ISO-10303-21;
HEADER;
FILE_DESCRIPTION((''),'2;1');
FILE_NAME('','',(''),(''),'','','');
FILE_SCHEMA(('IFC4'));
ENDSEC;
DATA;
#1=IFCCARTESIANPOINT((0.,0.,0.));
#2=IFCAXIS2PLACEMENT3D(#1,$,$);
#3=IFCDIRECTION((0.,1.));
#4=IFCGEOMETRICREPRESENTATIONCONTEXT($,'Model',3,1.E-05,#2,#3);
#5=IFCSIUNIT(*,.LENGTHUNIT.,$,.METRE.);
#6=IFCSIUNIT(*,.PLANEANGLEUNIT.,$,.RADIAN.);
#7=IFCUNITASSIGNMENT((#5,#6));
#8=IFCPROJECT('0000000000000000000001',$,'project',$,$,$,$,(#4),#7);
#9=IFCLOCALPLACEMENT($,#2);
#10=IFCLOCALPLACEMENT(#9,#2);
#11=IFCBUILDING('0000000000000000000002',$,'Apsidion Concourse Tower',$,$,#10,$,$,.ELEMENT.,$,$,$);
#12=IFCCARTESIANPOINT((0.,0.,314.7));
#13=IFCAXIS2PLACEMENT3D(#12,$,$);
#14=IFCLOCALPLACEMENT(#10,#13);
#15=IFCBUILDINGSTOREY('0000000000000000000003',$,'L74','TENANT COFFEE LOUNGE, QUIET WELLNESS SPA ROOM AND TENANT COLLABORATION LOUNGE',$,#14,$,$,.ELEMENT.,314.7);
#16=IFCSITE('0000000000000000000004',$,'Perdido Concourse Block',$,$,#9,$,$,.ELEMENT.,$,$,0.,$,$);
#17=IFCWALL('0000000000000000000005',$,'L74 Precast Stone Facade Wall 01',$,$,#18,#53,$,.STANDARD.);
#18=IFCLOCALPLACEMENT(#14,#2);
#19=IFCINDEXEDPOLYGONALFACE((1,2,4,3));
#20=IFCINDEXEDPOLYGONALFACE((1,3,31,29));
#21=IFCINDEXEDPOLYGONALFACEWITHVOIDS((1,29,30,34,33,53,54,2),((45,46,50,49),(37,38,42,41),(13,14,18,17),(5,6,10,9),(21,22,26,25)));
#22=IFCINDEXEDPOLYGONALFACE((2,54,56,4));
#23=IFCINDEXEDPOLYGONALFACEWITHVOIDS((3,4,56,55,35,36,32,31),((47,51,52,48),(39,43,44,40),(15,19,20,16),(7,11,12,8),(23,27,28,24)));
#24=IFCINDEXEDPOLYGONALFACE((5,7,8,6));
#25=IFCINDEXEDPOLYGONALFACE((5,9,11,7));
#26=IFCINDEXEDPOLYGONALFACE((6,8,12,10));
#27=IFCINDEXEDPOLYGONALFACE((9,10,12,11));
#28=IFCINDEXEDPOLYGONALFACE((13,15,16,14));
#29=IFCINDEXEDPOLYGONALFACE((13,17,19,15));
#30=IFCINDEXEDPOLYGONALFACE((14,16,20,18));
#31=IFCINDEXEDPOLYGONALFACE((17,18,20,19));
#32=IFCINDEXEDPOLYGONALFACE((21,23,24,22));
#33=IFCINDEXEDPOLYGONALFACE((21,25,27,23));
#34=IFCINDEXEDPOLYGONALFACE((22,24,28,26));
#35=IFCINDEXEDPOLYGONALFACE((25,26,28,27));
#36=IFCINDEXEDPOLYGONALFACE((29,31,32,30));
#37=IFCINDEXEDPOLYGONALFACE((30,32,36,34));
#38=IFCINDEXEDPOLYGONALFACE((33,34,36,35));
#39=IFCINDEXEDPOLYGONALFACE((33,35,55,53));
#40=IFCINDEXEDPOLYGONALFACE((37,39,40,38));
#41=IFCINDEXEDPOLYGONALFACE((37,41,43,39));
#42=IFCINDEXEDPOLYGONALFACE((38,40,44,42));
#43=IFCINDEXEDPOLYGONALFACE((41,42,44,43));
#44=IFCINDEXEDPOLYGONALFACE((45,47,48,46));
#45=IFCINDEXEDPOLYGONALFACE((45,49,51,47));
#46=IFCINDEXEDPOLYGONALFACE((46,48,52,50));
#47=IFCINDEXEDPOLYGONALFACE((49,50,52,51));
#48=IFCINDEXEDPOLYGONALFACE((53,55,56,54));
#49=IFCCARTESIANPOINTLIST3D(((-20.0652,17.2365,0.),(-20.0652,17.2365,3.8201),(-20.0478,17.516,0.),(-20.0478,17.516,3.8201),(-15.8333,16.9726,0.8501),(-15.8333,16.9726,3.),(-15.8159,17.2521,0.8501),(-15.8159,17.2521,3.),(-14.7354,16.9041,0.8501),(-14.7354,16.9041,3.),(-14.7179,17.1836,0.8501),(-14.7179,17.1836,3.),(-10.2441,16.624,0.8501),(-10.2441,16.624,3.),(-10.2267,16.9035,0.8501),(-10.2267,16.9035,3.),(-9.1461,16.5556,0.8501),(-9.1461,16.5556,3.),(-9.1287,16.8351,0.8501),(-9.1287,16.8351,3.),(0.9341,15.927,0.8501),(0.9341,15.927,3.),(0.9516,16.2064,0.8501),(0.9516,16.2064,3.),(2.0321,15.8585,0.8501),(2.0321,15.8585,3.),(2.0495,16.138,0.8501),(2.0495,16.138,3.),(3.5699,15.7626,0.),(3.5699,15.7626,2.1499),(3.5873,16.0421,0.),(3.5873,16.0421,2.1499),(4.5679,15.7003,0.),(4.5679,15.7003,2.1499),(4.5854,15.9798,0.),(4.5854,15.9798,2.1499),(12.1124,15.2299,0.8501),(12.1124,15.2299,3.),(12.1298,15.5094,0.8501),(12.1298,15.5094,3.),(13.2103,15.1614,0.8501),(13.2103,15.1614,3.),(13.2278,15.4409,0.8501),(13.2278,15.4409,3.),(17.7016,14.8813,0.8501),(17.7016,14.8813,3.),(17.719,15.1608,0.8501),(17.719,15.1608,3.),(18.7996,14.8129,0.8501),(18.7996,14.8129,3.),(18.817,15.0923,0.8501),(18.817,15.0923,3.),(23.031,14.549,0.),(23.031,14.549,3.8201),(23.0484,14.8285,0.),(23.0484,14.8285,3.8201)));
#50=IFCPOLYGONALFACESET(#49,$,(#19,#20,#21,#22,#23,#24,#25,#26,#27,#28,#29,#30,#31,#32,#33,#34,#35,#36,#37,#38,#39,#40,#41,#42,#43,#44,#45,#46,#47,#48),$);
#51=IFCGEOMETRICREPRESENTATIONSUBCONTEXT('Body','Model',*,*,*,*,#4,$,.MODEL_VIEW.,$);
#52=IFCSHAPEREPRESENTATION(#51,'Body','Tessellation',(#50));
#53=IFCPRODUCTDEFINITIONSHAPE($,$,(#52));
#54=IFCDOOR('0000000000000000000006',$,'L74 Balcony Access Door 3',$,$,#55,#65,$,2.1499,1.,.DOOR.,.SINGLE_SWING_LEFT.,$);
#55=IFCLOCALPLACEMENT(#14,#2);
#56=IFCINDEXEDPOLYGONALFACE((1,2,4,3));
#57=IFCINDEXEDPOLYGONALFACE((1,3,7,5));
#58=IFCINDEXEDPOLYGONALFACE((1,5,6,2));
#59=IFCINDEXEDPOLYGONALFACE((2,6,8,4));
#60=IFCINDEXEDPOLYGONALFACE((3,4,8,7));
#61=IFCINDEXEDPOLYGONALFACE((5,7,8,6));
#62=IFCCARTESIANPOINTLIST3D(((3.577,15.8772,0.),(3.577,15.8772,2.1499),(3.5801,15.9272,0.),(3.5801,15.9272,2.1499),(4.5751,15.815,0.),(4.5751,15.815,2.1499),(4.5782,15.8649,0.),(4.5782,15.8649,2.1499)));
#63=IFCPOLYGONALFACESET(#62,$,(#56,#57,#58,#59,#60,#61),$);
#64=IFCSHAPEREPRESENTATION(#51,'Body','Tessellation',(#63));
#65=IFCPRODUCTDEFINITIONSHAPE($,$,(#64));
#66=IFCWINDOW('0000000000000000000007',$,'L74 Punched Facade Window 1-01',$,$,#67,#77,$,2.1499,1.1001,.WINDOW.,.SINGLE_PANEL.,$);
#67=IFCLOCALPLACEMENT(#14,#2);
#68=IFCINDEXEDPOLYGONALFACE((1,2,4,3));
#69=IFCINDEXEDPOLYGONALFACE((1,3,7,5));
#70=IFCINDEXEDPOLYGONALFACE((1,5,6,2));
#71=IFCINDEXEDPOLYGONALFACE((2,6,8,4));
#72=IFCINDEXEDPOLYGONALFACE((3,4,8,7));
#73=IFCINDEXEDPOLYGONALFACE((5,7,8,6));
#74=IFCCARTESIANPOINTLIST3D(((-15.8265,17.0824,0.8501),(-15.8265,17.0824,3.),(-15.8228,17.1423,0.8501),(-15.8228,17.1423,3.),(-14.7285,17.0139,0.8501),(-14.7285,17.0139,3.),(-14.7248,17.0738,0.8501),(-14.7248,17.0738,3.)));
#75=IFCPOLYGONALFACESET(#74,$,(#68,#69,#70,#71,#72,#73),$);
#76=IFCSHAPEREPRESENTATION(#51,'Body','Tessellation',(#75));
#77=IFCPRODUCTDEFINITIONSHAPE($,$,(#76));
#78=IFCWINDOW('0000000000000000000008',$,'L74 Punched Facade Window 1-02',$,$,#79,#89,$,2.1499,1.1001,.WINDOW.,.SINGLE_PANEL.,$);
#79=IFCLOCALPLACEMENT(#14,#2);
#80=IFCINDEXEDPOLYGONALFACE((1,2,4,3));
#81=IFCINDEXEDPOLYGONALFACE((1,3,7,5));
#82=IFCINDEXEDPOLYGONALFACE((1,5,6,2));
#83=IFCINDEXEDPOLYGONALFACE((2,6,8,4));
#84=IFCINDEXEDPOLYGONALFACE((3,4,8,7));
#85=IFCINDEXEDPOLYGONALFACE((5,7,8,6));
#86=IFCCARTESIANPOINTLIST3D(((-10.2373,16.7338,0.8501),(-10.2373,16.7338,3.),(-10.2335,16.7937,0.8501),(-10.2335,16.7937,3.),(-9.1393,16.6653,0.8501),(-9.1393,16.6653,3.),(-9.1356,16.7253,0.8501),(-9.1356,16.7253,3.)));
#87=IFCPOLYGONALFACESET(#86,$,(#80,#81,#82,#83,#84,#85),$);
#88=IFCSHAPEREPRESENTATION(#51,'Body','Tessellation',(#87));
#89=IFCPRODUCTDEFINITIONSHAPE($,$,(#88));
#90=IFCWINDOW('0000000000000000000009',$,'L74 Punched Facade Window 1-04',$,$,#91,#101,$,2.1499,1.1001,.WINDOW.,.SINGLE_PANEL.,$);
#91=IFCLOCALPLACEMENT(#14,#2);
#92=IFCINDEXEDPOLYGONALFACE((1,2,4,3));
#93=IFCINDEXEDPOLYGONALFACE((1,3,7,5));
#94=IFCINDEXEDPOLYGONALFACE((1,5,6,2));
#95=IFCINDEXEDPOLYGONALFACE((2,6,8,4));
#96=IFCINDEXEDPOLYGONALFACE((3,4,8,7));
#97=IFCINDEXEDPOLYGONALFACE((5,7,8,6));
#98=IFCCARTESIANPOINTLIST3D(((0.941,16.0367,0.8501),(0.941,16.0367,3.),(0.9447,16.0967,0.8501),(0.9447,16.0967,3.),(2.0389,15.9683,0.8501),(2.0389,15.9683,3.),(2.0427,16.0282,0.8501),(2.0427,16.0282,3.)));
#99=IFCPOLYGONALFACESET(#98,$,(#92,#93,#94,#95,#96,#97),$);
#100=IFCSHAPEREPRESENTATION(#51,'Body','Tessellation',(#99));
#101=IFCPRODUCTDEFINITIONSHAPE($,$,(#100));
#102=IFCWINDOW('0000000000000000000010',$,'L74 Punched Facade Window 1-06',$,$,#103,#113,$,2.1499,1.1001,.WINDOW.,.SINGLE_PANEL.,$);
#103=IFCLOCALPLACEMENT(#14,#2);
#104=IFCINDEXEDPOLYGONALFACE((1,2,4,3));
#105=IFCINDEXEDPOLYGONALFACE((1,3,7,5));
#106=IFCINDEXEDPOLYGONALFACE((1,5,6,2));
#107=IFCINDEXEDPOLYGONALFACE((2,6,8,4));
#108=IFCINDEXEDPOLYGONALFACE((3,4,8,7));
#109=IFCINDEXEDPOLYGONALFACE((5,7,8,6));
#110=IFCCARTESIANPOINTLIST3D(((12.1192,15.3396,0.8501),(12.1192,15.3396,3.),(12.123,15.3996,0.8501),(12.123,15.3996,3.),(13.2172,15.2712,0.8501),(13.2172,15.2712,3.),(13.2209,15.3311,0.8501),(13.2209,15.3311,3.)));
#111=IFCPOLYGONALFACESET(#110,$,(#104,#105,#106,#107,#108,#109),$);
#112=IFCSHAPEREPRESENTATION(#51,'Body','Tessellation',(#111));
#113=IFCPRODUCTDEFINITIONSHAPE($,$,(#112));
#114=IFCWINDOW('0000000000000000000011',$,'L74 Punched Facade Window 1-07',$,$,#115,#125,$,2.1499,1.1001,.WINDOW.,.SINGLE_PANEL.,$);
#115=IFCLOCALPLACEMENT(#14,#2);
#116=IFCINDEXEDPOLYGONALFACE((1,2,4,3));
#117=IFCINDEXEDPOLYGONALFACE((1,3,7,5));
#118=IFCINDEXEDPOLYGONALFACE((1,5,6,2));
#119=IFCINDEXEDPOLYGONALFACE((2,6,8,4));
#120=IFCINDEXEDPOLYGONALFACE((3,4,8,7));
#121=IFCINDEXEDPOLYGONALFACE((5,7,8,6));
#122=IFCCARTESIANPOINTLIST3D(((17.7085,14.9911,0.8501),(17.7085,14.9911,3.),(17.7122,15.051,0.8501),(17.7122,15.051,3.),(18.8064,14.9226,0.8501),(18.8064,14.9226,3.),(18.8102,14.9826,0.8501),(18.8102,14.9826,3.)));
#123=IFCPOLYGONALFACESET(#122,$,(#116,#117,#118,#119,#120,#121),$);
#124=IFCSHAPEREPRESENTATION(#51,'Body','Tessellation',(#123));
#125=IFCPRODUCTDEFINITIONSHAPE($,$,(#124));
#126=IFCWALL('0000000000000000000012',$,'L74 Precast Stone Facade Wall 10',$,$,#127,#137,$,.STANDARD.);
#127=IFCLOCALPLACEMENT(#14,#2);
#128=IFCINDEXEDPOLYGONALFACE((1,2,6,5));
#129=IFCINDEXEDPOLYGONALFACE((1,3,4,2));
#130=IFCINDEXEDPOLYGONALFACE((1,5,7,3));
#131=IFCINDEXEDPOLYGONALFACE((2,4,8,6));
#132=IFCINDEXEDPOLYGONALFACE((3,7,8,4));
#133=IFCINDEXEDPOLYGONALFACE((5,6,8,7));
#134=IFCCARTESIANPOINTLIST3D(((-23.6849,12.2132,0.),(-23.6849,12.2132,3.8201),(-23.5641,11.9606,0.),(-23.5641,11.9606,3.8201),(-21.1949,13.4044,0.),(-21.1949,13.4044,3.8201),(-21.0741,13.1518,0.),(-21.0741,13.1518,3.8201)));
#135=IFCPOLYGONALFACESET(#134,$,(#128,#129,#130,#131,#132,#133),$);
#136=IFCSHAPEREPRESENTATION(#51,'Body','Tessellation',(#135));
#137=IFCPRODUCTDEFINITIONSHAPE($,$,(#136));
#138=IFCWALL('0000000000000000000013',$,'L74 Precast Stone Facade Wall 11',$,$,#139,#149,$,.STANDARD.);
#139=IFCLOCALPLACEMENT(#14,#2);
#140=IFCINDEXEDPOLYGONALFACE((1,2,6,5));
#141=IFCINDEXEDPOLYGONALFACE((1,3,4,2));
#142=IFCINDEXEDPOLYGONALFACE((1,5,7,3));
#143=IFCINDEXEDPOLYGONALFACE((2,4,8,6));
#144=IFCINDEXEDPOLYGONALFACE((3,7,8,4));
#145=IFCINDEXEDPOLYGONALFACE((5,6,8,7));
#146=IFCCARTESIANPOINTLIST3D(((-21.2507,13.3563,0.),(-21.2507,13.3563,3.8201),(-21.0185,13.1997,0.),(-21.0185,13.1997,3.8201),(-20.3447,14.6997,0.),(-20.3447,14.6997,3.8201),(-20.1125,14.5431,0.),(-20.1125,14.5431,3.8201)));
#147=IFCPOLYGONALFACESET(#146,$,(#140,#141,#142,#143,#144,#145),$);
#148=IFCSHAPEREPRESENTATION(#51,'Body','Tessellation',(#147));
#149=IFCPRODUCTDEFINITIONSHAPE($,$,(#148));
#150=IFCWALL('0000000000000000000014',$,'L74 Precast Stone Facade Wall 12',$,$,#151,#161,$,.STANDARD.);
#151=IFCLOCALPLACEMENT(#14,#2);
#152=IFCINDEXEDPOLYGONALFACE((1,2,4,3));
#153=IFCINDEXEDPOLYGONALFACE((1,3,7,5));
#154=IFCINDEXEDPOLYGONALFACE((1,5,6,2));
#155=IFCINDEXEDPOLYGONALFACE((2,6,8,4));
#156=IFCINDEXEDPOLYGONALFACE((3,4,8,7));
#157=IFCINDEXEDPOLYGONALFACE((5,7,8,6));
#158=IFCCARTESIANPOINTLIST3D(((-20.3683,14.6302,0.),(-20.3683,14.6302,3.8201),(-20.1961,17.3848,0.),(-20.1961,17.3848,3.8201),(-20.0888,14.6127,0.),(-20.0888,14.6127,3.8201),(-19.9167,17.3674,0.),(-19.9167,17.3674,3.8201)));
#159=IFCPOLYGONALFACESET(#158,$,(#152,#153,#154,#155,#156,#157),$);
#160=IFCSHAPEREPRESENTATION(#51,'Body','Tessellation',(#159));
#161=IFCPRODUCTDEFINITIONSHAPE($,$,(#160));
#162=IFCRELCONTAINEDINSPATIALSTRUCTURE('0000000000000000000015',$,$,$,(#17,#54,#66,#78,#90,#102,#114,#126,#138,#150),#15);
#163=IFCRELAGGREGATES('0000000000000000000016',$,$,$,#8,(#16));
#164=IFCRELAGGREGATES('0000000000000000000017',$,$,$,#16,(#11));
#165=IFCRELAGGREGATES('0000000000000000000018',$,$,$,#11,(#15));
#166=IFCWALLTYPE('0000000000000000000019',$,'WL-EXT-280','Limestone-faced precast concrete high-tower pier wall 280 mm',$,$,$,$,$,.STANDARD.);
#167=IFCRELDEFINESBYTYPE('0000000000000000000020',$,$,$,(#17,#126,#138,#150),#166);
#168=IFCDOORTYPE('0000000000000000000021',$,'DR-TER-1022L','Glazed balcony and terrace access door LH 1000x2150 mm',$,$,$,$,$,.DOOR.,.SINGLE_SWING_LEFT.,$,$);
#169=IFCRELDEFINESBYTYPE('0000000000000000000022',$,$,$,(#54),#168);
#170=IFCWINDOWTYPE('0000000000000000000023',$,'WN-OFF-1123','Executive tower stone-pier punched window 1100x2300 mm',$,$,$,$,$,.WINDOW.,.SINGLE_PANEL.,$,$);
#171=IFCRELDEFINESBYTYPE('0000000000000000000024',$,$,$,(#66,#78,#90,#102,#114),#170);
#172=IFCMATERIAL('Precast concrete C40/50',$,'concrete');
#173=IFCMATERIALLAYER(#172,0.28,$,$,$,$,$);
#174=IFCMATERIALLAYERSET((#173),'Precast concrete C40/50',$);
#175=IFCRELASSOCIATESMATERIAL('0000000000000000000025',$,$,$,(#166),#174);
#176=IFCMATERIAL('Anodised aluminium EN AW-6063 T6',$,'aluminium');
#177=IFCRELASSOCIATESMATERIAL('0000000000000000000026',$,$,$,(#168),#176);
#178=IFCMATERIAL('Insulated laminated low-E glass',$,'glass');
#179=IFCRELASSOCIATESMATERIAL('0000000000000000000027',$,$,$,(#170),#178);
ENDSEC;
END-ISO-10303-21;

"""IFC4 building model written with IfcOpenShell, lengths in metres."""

from ifc_helpers import new_model, si_unit, direction, frame, frame_2d, origin, place, context, subcontext, project, spatial, rectangle, extrude, material, layer, layer_set, type_object, element, fill, save


model = new_model("IFC4")

# Units and contexts
model_context = context("Model", 3, precision=1e-05, world=origin(), true_north=direction((0.0, 1.0)))
body_context = subcontext(model_context, "Body", "Model", "MODEL_VIEW")
ifc_project = project(units=[si_unit("LENGTHUNIT", "METRE"), si_unit("PLANEANGLEUNIT", "RADIAN")], contexts=[model_context])

# Site, building, storey
site_placement = place(None, origin())
site = spatial("IfcSite", under=ifc_project, at=site_placement, Name="Perdido Concourse Block", CompositionType="ELEMENT", RefElevation=0.0)
building_placement = place(site_placement, origin())
building = spatial("IfcBuilding", under=site, at=building_placement, Name="Apsidion Concourse Tower", CompositionType="ELEMENT")
storey_placement = place(building_placement, frame((0.0, 0.0, 314.7)))
storey = spatial("IfcBuildingStorey", under=building, at=storey_placement, Name="L74", Description="TENANT COFFEE LOUNGE, QUIET WELLNESS SPA ROOM AND TENANT COLLABORATION LOUNGE", CompositionType="ELEMENT", Elevation=314.7)

# Wall, openings, door, windows
ifc_material_1 = material(Name="Precast concrete C40/50", Category="concrete")
ifc_layer_1 = layer(ifc_material_1, 0.28)
ifc_layer_set_1 = layer_set([ifc_layer_1], Name="Precast concrete C40/50")
wall_type_1 = type_object("IfcWallType", Name="WL-EXT-280", Description="Limestone-faced precast concrete high-tower pier wall 280 mm", PredefinedType="STANDARD", material=ifc_layer_set_1)
wall_1_placement = place(storey_placement, frame((-20.0564, 17.3762, 0.0), z_axis=(0.0, 0.0, 1.0), x_axis=(0.998061, -0.06224, 0.0)))
wall_1 = element("IfcWall", 1, at=wall_1_placement, inside=storey, type_object=wall_type_1, Name="L74 Precast Stone Facade Wall 01", PredefinedType="STANDARD", context=body_context, shape_type="SweptSolid", body=[
    extrude(rectangle(XDim=43.1799, YDim=0.28, at=frame_2d((21.5898, 0.0))), origin(), (0.0, 0.0, 1.0), 3.8201),
])
opening_1_placement = place(wall_1_placement, frame((23.6809, 0.0, 0.0)))
opening_1 = element("IfcOpeningElement", 2, at=opening_1_placement, cuts=wall_1, PredefinedType="OPENING", context=body_context, shape_type="SweptSolid", body=[
    extrude(rectangle(XDim=1.0, YDim=2.1499, at=frame_2d((0.5, 1.075))), frame((0.0, 0.1499, 0.0), z_axis=(0.0, -1.0, 0.0), x_axis=(1.0, 0.0, 0.0)), (0.0, 0.0, 1.0), 0.3),
])
opening_2_placement = place(wall_1_placement, frame((4.24, 0.0, 0.8501)))
opening_2 = element("IfcOpeningElement", 3, at=opening_2_placement, cuts=wall_1, PredefinedType="OPENING", context=body_context, shape_type="SweptSolid", body=[
    extrude(rectangle(XDim=1.1001, YDim=2.1499, at=frame_2d((0.55, 1.075))), frame((0.0, 0.1499, 0.0), z_axis=(0.0, -1.0, 0.0), x_axis=(1.0, 0.0, 0.0)), (0.0, 0.0, 1.0), 0.3),
])
opening_3_placement = place(wall_1_placement, frame((9.8401, 0.0, 0.8501)))
opening_3 = element("IfcOpeningElement", 4, at=opening_3_placement, cuts=wall_1, PredefinedType="OPENING", context=body_context, shape_type="SweptSolid", body=[
    extrude(rectangle(XDim=1.1001, YDim=2.1499, at=frame_2d((0.55, 1.075))), frame((0.0, 0.1499, 0.0), z_axis=(0.0, -1.0, 0.0), x_axis=(1.0, 0.0, 0.0)), (0.0, 0.0, 1.0), 0.3),
])
opening_4_placement = place(wall_1_placement, frame((21.04, 0.0, 0.8501)))
opening_4 = element("IfcOpeningElement", 5, at=opening_4_placement, cuts=wall_1, PredefinedType="OPENING", context=body_context, shape_type="SweptSolid", body=[
    extrude(rectangle(XDim=1.1001, YDim=2.1499, at=frame_2d((0.55, 1.075))), frame((0.0, 0.1499, 0.0), z_axis=(0.0, -1.0, 0.0), x_axis=(1.0, 0.0, 0.0)), (0.0, 0.0, 1.0), 0.3),
])
opening_5_placement = place(wall_1_placement, frame((32.24, 0.0, 0.8501)))
opening_5 = element("IfcOpeningElement", 6, at=opening_5_placement, cuts=wall_1, PredefinedType="OPENING", context=body_context, shape_type="SweptSolid", body=[
    extrude(rectangle(XDim=1.1001, YDim=2.1499, at=frame_2d((0.55, 1.075))), frame((0.0, 0.1499, 0.0), z_axis=(0.0, -1.0, 0.0), x_axis=(1.0, 0.0, 0.0)), (0.0, 0.0, 1.0), 0.3),
])
opening_6_placement = place(wall_1_placement, frame((37.8401, 0.0, 0.8501)))
opening_6 = element("IfcOpeningElement", 7, at=opening_6_placement, cuts=wall_1, PredefinedType="OPENING", context=body_context, shape_type="SweptSolid", body=[
    extrude(rectangle(XDim=1.1001, YDim=2.1499, at=frame_2d((0.55, 1.075))), frame((0.0, 0.1499, 0.0), z_axis=(0.0, -1.0, 0.0), x_axis=(1.0, 0.0, 0.0)), (0.0, 0.0, 1.0), 0.3),
])
ifc_material_2 = material(Name="Anodised aluminium EN AW-6063 T6", Category="aluminium")
door_type_1 = type_object("IfcDoorType", Name="DR-TER-1022L", Description="Glazed balcony and terrace access door LH 1000x2150 mm", OperationType="SINGLE_SWING_LEFT", PredefinedType="DOOR", material=ifc_material_2)
door_1_placement = place(opening_1_placement, origin())
door_1 = element("IfcDoor", 8, at=door_1_placement, inside=storey, type_object=door_type_1, Name="L74 Balcony Access Door 3", OperationType="SINGLE_SWING_LEFT", OverallHeight=2.1499, OverallWidth=1.0, PredefinedType="DOOR", context=body_context, shape_type="SweptSolid", body=[
    extrude(rectangle(XDim=1.0, YDim=2.1499, at=frame_2d((0.5, 1.075))), frame((0.0, 0.0249, 0.0), z_axis=(0.0, -1.0, 0.0), x_axis=(1.0, 0.0, 0.0)), (0.0, 0.0, 1.0), 0.05),
])
fill(opening_1, door_1)
ifc_material_3 = material(Name="Insulated laminated low-E glass", Category="glass")
window_type = type_object("IfcWindowType", Name="WN-OFF-1123", Description="Executive tower stone-pier punched window 1100x2300 mm", PartitioningType="SINGLE_PANEL", PredefinedType="WINDOW", material=ifc_material_3)
window_1_placement = place(opening_2_placement, origin())
window_1 = element("IfcWindow", 9, at=window_1_placement, inside=storey, type_object=window_type, Name="L74 Punched Facade Window 1-01", OverallHeight=2.1499, OverallWidth=1.1001, PartitioningType="SINGLE_PANEL", PredefinedType="WINDOW", context=body_context, shape_type="SweptSolid", body=[
    extrude(rectangle(XDim=1.1001, YDim=2.1499, at=frame_2d((0.55, 1.075))), frame((0.0, 0.03, 0.0), z_axis=(0.0, -1.0, 0.0), x_axis=(1.0, 0.0, 0.0)), (0.0, 0.0, 1.0), 0.0601),
])
fill(opening_2, window_1)
window_2_placement = place(opening_3_placement, origin())
window_2 = element("IfcWindow", 10, at=window_2_placement, inside=storey, type_object=window_type, Name="L74 Punched Facade Window 1-02", OverallHeight=2.1499, OverallWidth=1.1001, PartitioningType="SINGLE_PANEL", PredefinedType="WINDOW", context=body_context, shape_type="SweptSolid", body=[
    extrude(rectangle(XDim=1.1001, YDim=2.1499, at=frame_2d((0.55, 1.075))), frame((0.0, 0.03, 0.0), z_axis=(0.0, -1.0, 0.0), x_axis=(1.0, 0.0, 0.0)), (0.0, 0.0, 1.0), 0.0601),
])
fill(opening_3, window_2)
window_3_placement = place(opening_4_placement, origin())
window_3 = element("IfcWindow", 11, at=window_3_placement, inside=storey, type_object=window_type, Name="L74 Punched Facade Window 1-04", OverallHeight=2.1499, OverallWidth=1.1001, PartitioningType="SINGLE_PANEL", PredefinedType="WINDOW", context=body_context, shape_type="SweptSolid", body=[
    extrude(rectangle(XDim=1.1001, YDim=2.1499, at=frame_2d((0.55, 1.075))), frame((0.0, 0.03, 0.0), z_axis=(0.0, -1.0, 0.0), x_axis=(1.0, 0.0, 0.0)), (0.0, 0.0, 1.0), 0.0601),
])
fill(opening_4, window_3)
window_4_placement = place(opening_5_placement, origin())
window_4 = element("IfcWindow", 12, at=window_4_placement, inside=storey, type_object=window_type, Name="L74 Punched Facade Window 1-06", OverallHeight=2.1499, OverallWidth=1.1001, PartitioningType="SINGLE_PANEL", PredefinedType="WINDOW", context=body_context, shape_type="SweptSolid", body=[
    extrude(rectangle(XDim=1.1001, YDim=2.1499, at=frame_2d((0.55, 1.075))), frame((0.0, 0.03, 0.0), z_axis=(0.0, -1.0, 0.0), x_axis=(1.0, 0.0, 0.0)), (0.0, 0.0, 1.0), 0.0601),
])
fill(opening_5, window_4)
window_5_placement = place(opening_6_placement, origin())
window_5 = element("IfcWindow", 13, at=window_5_placement, inside=storey, type_object=window_type, Name="L74 Punched Facade Window 1-07", OverallHeight=2.1499, OverallWidth=1.1001, PartitioningType="SINGLE_PANEL", PredefinedType="WINDOW", context=body_context, shape_type="SweptSolid", body=[
    extrude(rectangle(XDim=1.1001, YDim=2.1499, at=frame_2d((0.55, 1.075))), frame((0.0, 0.03, 0.0), z_axis=(0.0, -1.0, 0.0), x_axis=(1.0, 0.0, 0.0)), (0.0, 0.0, 1.0), 0.0601),
])
fill(opening_6, window_5)

# Walls
wall_2_placement = place(storey_placement, frame((-23.6245, 12.0869, 0.0), z_axis=(0.0, 0.0, 1.0), x_axis=(0.902092, 0.431543, 0.0)))
element("IfcWall", 14, at=wall_2_placement, inside=storey, type_object=wall_type_1, Name="L74 Precast Stone Facade Wall 10", PredefinedType="STANDARD", context=body_context, shape_type="SweptSolid", body=[
    extrude(rectangle(XDim=2.7603, YDim=0.28, at=frame_2d((1.3801, 0.0))), origin(), (0.0, 0.0, 1.0), 3.8201),
])
wall_3_placement = place(storey_placement, frame((-21.1345, 13.2781, 0.0), z_axis=(0.0, 0.0, 1.0), x_axis=(0.559108, 0.829095, 0.0)))
element("IfcWall", 15, at=wall_3_placement, inside=storey, type_object=wall_type_1, Name="L74 Precast Stone Facade Wall 11", PredefinedType="STANDARD", context=body_context, shape_type="SweptSolid", body=[
    extrude(rectangle(XDim=1.6204, YDim=0.28, at=frame_2d((0.8101, 0.0))), origin(), (0.0, 0.0, 1.0), 3.8201),
])
wall_4_placement = place(storey_placement, frame((-20.2285, 14.6216, 0.0), z_axis=(0.0, 0.0, 1.0), x_axis=(0.062362, 0.998054, 0.0)))
element("IfcWall", 16, at=wall_4_placement, inside=storey, type_object=wall_type_1, Name="L74 Precast Stone Facade Wall 12", PredefinedType="STANDARD", context=body_context, shape_type="SweptSolid", body=[
    extrude(rectangle(XDim=2.76, YDim=0.28, at=frame_2d((1.3799, 0.0))), origin(), (0.0, 0.0, 1.0), 3.8201),
])

save(model, "model.ifc")
